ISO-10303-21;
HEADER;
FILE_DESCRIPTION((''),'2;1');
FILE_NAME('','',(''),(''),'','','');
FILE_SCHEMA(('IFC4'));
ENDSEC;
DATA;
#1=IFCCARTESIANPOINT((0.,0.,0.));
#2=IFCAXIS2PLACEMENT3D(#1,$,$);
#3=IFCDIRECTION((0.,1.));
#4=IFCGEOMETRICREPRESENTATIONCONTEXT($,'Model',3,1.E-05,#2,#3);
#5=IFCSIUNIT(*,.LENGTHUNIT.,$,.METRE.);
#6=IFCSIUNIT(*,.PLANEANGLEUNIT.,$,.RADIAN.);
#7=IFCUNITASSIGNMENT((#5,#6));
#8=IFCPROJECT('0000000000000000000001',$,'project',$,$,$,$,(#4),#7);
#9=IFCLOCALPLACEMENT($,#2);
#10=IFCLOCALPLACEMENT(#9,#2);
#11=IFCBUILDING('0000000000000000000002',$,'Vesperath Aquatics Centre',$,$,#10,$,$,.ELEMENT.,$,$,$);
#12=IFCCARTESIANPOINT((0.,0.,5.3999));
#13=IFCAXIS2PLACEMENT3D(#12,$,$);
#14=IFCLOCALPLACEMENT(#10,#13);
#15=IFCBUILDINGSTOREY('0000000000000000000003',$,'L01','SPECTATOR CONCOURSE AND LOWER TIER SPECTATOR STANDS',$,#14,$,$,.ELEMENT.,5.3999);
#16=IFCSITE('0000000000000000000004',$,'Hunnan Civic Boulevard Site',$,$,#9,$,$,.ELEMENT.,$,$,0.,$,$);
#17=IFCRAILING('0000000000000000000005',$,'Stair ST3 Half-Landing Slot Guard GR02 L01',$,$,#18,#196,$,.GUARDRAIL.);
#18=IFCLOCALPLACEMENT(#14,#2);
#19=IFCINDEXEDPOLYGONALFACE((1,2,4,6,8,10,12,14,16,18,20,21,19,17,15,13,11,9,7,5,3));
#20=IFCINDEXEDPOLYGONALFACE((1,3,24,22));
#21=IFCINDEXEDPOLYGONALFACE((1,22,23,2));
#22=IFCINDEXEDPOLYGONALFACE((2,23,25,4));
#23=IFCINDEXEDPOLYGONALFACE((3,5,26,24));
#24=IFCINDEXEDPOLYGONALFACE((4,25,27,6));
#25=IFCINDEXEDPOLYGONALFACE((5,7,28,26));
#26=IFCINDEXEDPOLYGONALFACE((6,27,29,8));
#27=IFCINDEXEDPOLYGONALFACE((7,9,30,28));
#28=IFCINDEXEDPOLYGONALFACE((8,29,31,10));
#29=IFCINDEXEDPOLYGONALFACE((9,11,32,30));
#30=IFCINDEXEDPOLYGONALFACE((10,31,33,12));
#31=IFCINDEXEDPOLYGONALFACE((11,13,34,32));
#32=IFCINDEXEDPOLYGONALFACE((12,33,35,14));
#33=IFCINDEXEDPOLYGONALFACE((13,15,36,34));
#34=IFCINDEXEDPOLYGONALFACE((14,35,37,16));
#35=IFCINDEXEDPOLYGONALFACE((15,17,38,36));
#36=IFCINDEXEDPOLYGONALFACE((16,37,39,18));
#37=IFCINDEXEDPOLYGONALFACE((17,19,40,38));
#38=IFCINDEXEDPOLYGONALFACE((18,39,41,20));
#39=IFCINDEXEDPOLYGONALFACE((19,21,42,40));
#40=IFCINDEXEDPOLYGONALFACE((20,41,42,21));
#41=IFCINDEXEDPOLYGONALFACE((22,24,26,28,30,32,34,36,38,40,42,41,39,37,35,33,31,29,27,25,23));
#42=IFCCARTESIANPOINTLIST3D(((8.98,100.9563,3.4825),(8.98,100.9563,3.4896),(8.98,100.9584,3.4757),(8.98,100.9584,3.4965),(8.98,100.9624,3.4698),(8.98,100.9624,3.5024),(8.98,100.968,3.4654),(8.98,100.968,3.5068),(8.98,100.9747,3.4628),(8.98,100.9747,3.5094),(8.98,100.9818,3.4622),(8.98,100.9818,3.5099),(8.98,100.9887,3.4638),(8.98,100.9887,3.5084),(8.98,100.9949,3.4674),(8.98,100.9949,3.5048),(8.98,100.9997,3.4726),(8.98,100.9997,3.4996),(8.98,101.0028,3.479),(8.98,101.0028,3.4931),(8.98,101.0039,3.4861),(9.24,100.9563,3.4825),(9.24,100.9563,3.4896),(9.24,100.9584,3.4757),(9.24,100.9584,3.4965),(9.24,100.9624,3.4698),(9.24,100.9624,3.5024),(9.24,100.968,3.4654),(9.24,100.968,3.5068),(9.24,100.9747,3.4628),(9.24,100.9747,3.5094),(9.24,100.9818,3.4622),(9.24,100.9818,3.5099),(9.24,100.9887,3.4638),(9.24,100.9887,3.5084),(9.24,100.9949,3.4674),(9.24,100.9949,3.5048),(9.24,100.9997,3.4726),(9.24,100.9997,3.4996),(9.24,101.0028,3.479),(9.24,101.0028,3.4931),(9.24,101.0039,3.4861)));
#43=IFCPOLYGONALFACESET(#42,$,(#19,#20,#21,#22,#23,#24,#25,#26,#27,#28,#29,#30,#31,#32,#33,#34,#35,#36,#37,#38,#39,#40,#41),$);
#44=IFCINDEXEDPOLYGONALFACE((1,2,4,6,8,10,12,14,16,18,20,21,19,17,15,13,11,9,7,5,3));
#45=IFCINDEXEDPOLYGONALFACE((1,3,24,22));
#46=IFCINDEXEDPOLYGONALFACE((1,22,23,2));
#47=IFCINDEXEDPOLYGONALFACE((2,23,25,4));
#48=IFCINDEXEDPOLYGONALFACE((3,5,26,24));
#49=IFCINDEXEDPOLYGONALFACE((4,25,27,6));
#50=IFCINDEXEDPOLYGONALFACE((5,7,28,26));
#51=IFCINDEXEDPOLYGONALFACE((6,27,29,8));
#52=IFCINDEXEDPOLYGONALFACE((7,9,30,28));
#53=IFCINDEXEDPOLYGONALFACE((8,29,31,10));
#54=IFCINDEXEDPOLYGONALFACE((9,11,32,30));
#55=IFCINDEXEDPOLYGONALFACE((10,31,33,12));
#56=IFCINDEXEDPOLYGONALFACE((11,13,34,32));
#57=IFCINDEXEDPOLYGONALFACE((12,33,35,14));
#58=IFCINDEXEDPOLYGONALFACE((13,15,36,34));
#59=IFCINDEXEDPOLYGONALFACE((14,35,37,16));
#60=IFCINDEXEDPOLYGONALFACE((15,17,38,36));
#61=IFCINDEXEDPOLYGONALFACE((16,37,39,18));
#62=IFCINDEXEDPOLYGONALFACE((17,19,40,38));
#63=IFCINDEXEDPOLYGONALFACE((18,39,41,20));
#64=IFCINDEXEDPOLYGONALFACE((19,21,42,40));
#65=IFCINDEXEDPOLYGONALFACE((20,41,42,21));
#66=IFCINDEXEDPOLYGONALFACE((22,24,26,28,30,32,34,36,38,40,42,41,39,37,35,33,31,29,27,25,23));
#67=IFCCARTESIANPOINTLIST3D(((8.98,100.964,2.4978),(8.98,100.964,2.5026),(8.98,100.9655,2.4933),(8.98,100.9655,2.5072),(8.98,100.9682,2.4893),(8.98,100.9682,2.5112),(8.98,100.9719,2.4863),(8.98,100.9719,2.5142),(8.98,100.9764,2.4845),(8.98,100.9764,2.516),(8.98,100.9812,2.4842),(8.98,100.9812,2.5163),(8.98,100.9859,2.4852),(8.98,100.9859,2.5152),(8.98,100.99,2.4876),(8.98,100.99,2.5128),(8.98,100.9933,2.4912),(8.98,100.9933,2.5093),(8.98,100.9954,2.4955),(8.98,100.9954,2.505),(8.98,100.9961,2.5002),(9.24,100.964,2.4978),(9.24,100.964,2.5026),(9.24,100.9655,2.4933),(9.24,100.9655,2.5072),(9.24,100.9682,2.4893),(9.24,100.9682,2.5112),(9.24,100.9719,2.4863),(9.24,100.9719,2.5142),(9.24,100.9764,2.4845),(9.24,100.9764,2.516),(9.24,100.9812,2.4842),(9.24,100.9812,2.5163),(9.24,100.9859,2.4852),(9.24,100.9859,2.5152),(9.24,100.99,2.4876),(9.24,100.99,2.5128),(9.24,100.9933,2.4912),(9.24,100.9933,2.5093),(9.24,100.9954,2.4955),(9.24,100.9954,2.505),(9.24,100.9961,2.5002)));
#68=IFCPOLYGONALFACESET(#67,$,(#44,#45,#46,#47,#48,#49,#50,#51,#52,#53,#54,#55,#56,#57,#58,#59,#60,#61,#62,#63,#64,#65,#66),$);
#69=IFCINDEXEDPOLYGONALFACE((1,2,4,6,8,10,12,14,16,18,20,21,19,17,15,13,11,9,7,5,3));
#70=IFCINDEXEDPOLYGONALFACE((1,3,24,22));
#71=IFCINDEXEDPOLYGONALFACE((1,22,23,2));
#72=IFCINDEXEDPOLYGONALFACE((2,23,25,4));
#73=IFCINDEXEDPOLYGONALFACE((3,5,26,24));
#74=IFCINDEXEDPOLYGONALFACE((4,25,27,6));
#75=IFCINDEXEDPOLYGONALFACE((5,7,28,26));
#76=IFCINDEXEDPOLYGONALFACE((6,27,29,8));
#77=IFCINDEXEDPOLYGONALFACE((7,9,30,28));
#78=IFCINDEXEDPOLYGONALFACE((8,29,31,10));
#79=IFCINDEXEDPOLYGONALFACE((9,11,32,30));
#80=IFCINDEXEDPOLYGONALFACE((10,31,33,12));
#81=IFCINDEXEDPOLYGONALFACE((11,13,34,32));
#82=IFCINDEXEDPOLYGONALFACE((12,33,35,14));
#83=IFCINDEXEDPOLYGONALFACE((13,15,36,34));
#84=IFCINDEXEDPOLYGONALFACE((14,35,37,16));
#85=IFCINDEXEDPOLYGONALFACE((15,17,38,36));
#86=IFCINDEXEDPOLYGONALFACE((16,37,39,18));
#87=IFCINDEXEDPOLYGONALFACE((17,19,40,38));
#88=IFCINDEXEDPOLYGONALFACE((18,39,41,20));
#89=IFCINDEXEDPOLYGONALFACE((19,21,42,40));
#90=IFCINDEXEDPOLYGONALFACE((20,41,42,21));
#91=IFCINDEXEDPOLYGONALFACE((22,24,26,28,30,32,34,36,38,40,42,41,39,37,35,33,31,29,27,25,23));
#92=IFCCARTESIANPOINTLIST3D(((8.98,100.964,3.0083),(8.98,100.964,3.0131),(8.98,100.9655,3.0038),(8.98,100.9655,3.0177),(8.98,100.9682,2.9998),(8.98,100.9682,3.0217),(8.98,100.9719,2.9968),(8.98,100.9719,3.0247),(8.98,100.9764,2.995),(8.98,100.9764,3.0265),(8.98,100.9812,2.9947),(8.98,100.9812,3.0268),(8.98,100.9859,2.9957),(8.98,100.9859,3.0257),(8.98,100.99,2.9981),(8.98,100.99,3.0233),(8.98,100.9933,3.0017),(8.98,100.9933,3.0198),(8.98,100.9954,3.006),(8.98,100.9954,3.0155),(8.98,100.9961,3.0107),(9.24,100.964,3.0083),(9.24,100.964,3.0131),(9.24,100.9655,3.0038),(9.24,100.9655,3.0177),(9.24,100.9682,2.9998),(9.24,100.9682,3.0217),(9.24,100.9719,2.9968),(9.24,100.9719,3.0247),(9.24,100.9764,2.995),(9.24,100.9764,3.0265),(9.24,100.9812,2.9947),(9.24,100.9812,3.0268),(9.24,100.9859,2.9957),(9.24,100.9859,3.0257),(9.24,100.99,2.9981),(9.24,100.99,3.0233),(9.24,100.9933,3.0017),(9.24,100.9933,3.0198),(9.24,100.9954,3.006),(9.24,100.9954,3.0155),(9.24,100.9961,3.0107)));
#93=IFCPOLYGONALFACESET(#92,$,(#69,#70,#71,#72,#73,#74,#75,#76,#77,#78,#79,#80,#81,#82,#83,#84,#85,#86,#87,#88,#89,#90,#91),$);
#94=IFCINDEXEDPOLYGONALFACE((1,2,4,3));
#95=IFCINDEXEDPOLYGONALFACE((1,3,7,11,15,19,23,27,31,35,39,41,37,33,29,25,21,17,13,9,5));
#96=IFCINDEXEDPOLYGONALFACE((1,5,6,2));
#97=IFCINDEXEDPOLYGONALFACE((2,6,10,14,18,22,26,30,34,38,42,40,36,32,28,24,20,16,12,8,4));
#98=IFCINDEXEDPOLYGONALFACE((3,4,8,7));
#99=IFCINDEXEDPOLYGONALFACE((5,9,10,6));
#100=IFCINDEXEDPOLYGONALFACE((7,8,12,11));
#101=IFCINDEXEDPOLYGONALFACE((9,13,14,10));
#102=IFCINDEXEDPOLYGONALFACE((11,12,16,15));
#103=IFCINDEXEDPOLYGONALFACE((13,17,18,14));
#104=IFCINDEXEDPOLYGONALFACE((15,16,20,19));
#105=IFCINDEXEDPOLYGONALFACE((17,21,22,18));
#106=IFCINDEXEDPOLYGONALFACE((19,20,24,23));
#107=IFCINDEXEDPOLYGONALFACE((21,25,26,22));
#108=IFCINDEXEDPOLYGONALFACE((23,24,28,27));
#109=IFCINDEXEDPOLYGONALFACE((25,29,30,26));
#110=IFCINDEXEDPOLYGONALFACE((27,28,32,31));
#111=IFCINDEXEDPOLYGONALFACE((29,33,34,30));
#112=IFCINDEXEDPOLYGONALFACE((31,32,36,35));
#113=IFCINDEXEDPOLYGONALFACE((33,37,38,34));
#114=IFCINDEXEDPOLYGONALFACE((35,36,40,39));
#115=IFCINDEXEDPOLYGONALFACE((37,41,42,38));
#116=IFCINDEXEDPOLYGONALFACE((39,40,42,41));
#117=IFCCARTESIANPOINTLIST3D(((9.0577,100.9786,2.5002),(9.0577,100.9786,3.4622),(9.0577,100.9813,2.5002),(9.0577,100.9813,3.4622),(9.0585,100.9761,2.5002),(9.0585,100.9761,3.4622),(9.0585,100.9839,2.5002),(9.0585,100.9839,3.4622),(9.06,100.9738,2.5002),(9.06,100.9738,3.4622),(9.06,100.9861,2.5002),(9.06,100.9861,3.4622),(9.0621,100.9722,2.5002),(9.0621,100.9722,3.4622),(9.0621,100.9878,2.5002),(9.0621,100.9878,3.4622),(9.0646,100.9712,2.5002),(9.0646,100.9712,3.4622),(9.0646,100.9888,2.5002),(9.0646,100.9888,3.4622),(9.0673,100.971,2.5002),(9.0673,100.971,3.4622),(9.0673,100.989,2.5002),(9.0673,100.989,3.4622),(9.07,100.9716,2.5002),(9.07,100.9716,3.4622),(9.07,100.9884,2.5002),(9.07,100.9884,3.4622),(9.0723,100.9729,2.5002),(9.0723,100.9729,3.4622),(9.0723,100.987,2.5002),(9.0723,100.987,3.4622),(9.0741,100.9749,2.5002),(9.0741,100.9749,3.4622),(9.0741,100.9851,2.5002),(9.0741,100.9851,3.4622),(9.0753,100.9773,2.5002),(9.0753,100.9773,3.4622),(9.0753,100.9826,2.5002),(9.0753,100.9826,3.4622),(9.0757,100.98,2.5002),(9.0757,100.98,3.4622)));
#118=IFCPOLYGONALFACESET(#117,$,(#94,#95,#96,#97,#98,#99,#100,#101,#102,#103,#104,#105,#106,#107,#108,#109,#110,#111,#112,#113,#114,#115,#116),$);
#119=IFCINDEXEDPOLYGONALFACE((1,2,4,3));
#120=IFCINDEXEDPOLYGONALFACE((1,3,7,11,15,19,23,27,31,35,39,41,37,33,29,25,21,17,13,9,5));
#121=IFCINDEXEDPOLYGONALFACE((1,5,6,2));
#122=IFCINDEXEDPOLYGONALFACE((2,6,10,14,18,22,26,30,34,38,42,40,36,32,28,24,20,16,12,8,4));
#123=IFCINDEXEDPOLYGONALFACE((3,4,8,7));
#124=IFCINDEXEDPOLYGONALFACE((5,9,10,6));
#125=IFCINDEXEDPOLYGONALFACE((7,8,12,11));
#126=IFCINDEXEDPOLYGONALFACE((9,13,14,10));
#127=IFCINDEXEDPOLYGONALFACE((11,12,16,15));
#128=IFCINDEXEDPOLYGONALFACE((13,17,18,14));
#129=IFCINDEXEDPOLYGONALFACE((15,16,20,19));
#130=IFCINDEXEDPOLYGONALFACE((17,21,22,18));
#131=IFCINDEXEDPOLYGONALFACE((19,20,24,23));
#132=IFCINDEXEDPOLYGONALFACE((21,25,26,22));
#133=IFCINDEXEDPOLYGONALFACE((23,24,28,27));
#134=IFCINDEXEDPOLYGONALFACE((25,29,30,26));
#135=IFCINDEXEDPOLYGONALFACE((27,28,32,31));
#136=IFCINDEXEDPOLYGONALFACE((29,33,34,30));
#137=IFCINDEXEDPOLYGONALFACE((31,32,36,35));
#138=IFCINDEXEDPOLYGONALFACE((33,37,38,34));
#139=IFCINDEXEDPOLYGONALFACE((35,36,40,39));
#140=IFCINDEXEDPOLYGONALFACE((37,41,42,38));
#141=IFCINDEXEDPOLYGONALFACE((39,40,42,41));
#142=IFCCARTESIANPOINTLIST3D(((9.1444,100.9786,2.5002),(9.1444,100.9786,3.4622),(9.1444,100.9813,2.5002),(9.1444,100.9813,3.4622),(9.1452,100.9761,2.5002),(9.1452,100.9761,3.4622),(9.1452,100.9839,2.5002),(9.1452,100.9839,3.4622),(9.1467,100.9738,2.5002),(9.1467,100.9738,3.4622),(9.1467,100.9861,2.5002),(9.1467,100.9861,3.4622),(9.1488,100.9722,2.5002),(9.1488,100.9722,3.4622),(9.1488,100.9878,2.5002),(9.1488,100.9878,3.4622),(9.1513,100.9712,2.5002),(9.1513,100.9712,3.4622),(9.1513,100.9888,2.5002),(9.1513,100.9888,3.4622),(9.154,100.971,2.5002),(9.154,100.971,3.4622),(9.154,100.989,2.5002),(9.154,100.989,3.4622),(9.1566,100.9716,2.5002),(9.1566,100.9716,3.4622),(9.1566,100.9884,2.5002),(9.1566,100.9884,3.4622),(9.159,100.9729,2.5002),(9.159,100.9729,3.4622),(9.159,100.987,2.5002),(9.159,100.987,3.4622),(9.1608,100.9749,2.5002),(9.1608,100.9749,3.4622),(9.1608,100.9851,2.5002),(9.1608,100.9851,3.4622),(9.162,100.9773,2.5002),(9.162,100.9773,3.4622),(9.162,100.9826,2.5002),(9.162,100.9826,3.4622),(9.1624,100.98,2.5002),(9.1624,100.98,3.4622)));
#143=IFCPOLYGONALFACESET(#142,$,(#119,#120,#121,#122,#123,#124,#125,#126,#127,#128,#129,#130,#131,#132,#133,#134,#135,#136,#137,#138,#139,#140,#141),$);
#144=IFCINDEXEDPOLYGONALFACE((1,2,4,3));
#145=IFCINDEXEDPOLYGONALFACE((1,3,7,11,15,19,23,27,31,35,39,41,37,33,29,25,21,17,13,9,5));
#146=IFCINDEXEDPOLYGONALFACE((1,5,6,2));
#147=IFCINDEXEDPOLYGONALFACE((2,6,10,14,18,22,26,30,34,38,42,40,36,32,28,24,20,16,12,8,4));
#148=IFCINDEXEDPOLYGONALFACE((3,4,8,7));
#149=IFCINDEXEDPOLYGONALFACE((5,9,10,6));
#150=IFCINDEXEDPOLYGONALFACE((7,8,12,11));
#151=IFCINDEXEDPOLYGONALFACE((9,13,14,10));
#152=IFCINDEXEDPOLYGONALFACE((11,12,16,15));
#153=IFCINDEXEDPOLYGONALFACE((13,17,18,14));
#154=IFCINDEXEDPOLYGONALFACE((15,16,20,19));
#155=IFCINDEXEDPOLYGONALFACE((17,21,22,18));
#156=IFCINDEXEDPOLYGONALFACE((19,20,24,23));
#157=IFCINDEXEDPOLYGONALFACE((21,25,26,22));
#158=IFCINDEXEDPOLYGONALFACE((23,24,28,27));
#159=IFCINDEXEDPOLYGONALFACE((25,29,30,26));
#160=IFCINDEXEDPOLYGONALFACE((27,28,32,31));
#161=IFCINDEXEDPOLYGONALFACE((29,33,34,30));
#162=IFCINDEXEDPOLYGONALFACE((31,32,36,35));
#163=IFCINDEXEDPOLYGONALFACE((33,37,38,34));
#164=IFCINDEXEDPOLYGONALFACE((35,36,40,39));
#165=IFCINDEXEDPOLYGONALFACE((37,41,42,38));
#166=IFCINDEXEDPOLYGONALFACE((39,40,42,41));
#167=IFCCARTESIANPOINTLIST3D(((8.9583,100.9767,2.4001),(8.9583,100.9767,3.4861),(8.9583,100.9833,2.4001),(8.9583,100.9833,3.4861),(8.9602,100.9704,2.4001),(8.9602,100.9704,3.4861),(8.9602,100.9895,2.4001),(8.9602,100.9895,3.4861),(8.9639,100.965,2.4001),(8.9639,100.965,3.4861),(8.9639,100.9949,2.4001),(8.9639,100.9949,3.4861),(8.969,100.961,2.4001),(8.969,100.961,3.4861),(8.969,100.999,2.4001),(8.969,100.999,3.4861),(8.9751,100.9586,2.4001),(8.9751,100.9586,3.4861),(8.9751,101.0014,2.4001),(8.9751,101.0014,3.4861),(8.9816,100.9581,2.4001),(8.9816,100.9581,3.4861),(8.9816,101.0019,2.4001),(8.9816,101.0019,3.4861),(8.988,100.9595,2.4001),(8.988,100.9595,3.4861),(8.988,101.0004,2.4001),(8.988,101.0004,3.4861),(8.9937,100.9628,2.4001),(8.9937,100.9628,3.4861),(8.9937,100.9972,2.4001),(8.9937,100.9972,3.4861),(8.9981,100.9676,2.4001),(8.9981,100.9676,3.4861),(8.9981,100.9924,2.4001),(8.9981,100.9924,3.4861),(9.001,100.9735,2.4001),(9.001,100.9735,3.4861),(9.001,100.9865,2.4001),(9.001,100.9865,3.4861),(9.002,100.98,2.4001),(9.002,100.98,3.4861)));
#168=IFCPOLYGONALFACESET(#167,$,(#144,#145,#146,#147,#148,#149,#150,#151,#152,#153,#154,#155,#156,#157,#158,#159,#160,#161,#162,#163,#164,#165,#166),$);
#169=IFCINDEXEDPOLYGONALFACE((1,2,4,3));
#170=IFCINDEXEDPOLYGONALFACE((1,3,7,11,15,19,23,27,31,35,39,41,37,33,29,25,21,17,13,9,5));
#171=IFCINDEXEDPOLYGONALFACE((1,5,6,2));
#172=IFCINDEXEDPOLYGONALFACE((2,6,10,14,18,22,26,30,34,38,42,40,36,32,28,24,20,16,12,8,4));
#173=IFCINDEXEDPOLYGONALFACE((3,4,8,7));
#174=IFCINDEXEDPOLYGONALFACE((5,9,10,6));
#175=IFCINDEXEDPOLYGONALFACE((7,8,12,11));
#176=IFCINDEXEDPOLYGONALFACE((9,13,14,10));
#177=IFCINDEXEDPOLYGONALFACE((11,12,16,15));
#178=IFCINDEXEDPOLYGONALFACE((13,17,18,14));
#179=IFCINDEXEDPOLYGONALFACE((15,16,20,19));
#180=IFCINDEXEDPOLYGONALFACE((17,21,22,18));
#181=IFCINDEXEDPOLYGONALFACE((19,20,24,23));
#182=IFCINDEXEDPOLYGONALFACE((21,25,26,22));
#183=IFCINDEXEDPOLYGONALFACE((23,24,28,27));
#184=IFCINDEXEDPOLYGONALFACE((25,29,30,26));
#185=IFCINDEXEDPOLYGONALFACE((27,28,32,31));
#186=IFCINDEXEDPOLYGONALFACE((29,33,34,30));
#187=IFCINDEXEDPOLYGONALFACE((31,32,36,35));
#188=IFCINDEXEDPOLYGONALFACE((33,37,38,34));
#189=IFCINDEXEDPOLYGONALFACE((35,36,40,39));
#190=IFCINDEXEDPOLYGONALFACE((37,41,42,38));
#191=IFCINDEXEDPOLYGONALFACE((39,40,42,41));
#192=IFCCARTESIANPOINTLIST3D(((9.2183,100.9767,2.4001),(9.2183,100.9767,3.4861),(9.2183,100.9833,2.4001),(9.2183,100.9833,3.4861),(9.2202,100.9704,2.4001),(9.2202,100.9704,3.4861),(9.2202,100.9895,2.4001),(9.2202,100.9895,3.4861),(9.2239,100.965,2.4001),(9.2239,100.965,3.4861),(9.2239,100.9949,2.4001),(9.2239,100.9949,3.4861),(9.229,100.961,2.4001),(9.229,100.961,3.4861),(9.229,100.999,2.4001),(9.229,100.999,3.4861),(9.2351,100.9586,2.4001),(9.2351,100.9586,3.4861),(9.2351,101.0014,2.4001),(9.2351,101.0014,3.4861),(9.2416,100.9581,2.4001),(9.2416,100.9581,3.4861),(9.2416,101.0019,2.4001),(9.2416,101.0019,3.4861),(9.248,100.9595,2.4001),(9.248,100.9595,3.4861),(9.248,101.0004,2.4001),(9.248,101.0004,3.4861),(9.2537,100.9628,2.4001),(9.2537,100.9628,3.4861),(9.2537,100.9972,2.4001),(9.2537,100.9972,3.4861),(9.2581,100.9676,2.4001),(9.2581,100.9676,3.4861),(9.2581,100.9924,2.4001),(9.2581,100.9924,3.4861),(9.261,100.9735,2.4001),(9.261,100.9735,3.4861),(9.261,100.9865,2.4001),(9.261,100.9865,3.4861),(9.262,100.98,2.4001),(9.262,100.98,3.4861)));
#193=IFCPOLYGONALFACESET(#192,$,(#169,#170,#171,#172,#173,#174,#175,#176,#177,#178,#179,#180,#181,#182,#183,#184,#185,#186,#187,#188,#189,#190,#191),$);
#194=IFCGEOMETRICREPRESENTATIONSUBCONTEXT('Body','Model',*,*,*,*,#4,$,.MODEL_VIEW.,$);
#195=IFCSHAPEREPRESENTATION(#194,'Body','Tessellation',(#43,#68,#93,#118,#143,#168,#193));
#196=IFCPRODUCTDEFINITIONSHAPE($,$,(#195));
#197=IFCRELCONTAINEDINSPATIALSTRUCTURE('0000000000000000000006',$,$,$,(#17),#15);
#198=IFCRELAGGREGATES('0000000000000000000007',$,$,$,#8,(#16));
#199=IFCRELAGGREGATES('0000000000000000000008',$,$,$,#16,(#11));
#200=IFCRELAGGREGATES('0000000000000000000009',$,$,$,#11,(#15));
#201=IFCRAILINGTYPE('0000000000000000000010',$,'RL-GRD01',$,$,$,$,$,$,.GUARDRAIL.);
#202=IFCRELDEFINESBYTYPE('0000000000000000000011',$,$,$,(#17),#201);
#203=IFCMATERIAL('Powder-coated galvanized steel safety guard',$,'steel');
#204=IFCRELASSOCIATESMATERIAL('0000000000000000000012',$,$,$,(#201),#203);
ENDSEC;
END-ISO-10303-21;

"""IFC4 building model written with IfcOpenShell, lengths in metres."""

from ifc_helpers import new_model, si_unit, direction, frame, origin, origin_2d, place, context, subcontext, project, spatial, circle, extrude, material, type_object, element, save


model = new_model("IFC4")

# Units and contexts
model_context = context("Model", 3, precision=1e-05, world=origin(), true_north=direction((0.0, 1.0)))
body_context = subcontext(model_context, "Body", "Model", "MODEL_VIEW")
ifc_project = project(units=[si_unit("LENGTHUNIT", "METRE"), si_unit("PLANEANGLEUNIT", "RADIAN")], contexts=[model_context])

# Site, building, storey
site_placement = place(None, origin())
site = spatial("IfcSite", under=ifc_project, at=site_placement, Name="Hunnan Civic Boulevard Site", CompositionType="ELEMENT", RefElevation=0.0)
building_placement = place(site_placement, origin())
building = spatial("IfcBuilding", under=site, at=building_placement, Name="Vesperath Aquatics Centre", CompositionType="ELEMENT")
storey_placement = place(building_placement, frame((0.0, 0.0, 5.3999)))
storey = spatial("IfcBuildingStorey", under=building, at=storey_placement, Name="L01", Description="SPECTATOR CONCOURSE AND LOWER TIER SPECTATOR STANDS", CompositionType="ELEMENT", Elevation=5.3999)

# Railing
ifc_material_1 = material(Name="Powder-coated galvanized steel safety guard", Category="steel")
railing_type_1 = type_object("IfcRailingType", Name="RL-GRD01", PredefinedType="GUARDRAIL", material=ifc_material_1)
railing_1_placement = place(storey_placement, frame((8.98, 100.98, 2.4001)))
element("IfcRailing", 1, at=railing_1_placement, inside=storey, type_object=railing_type_1, Name="Stair ST3 Half-Landing Slot Guard GR02 L01", PredefinedType="GUARDRAIL", context=body_context, shape_type="SweptSolid", body=[
    extrude(circle(Radius=0.0239, at=origin_2d()), frame((0.0, 0.0, 1.0859), z_axis=(1.0, 0.0, 0.0), x_axis=(0.0, 1.0, 0.0)), (0.0, 0.0, 1.0), 0.26),
    extrude(circle(Radius=0.0161, at=origin_2d()), frame((0.0, 0.0, 0.1001), z_axis=(1.0, 0.0, 0.0), x_axis=(0.0, 1.0, 0.0)), (0.0, 0.0, 1.0), 0.26),
    extrude(circle(Radius=0.0161, at=origin_2d()), frame((0.0, 0.0, 0.6106), z_axis=(1.0, 0.0, 0.0), x_axis=(0.0, 1.0, 0.0)), (0.0, 0.0, 1.0), 0.26),
    extrude(circle(Radius=0.009, at=origin_2d()), frame((0.0867, 0.0, 0.1001)), (0.0, 0.0, 1.0), 0.9619),
    extrude(circle(Radius=0.009, at=origin_2d()), frame((0.1733, 0.0, 0.1001)), (0.0, 0.0, 1.0), 0.9619),
    extrude(circle(Radius=0.022, at=origin_2d()), origin(), (0.0, 0.0, 1.0), 1.0859),
    extrude(circle(Radius=0.022, at=origin_2d()), frame((0.26, 0.0, 0.0)), (0.0, 0.0, 1.0), 1.0859),
])

save(model, "model.ifc")
